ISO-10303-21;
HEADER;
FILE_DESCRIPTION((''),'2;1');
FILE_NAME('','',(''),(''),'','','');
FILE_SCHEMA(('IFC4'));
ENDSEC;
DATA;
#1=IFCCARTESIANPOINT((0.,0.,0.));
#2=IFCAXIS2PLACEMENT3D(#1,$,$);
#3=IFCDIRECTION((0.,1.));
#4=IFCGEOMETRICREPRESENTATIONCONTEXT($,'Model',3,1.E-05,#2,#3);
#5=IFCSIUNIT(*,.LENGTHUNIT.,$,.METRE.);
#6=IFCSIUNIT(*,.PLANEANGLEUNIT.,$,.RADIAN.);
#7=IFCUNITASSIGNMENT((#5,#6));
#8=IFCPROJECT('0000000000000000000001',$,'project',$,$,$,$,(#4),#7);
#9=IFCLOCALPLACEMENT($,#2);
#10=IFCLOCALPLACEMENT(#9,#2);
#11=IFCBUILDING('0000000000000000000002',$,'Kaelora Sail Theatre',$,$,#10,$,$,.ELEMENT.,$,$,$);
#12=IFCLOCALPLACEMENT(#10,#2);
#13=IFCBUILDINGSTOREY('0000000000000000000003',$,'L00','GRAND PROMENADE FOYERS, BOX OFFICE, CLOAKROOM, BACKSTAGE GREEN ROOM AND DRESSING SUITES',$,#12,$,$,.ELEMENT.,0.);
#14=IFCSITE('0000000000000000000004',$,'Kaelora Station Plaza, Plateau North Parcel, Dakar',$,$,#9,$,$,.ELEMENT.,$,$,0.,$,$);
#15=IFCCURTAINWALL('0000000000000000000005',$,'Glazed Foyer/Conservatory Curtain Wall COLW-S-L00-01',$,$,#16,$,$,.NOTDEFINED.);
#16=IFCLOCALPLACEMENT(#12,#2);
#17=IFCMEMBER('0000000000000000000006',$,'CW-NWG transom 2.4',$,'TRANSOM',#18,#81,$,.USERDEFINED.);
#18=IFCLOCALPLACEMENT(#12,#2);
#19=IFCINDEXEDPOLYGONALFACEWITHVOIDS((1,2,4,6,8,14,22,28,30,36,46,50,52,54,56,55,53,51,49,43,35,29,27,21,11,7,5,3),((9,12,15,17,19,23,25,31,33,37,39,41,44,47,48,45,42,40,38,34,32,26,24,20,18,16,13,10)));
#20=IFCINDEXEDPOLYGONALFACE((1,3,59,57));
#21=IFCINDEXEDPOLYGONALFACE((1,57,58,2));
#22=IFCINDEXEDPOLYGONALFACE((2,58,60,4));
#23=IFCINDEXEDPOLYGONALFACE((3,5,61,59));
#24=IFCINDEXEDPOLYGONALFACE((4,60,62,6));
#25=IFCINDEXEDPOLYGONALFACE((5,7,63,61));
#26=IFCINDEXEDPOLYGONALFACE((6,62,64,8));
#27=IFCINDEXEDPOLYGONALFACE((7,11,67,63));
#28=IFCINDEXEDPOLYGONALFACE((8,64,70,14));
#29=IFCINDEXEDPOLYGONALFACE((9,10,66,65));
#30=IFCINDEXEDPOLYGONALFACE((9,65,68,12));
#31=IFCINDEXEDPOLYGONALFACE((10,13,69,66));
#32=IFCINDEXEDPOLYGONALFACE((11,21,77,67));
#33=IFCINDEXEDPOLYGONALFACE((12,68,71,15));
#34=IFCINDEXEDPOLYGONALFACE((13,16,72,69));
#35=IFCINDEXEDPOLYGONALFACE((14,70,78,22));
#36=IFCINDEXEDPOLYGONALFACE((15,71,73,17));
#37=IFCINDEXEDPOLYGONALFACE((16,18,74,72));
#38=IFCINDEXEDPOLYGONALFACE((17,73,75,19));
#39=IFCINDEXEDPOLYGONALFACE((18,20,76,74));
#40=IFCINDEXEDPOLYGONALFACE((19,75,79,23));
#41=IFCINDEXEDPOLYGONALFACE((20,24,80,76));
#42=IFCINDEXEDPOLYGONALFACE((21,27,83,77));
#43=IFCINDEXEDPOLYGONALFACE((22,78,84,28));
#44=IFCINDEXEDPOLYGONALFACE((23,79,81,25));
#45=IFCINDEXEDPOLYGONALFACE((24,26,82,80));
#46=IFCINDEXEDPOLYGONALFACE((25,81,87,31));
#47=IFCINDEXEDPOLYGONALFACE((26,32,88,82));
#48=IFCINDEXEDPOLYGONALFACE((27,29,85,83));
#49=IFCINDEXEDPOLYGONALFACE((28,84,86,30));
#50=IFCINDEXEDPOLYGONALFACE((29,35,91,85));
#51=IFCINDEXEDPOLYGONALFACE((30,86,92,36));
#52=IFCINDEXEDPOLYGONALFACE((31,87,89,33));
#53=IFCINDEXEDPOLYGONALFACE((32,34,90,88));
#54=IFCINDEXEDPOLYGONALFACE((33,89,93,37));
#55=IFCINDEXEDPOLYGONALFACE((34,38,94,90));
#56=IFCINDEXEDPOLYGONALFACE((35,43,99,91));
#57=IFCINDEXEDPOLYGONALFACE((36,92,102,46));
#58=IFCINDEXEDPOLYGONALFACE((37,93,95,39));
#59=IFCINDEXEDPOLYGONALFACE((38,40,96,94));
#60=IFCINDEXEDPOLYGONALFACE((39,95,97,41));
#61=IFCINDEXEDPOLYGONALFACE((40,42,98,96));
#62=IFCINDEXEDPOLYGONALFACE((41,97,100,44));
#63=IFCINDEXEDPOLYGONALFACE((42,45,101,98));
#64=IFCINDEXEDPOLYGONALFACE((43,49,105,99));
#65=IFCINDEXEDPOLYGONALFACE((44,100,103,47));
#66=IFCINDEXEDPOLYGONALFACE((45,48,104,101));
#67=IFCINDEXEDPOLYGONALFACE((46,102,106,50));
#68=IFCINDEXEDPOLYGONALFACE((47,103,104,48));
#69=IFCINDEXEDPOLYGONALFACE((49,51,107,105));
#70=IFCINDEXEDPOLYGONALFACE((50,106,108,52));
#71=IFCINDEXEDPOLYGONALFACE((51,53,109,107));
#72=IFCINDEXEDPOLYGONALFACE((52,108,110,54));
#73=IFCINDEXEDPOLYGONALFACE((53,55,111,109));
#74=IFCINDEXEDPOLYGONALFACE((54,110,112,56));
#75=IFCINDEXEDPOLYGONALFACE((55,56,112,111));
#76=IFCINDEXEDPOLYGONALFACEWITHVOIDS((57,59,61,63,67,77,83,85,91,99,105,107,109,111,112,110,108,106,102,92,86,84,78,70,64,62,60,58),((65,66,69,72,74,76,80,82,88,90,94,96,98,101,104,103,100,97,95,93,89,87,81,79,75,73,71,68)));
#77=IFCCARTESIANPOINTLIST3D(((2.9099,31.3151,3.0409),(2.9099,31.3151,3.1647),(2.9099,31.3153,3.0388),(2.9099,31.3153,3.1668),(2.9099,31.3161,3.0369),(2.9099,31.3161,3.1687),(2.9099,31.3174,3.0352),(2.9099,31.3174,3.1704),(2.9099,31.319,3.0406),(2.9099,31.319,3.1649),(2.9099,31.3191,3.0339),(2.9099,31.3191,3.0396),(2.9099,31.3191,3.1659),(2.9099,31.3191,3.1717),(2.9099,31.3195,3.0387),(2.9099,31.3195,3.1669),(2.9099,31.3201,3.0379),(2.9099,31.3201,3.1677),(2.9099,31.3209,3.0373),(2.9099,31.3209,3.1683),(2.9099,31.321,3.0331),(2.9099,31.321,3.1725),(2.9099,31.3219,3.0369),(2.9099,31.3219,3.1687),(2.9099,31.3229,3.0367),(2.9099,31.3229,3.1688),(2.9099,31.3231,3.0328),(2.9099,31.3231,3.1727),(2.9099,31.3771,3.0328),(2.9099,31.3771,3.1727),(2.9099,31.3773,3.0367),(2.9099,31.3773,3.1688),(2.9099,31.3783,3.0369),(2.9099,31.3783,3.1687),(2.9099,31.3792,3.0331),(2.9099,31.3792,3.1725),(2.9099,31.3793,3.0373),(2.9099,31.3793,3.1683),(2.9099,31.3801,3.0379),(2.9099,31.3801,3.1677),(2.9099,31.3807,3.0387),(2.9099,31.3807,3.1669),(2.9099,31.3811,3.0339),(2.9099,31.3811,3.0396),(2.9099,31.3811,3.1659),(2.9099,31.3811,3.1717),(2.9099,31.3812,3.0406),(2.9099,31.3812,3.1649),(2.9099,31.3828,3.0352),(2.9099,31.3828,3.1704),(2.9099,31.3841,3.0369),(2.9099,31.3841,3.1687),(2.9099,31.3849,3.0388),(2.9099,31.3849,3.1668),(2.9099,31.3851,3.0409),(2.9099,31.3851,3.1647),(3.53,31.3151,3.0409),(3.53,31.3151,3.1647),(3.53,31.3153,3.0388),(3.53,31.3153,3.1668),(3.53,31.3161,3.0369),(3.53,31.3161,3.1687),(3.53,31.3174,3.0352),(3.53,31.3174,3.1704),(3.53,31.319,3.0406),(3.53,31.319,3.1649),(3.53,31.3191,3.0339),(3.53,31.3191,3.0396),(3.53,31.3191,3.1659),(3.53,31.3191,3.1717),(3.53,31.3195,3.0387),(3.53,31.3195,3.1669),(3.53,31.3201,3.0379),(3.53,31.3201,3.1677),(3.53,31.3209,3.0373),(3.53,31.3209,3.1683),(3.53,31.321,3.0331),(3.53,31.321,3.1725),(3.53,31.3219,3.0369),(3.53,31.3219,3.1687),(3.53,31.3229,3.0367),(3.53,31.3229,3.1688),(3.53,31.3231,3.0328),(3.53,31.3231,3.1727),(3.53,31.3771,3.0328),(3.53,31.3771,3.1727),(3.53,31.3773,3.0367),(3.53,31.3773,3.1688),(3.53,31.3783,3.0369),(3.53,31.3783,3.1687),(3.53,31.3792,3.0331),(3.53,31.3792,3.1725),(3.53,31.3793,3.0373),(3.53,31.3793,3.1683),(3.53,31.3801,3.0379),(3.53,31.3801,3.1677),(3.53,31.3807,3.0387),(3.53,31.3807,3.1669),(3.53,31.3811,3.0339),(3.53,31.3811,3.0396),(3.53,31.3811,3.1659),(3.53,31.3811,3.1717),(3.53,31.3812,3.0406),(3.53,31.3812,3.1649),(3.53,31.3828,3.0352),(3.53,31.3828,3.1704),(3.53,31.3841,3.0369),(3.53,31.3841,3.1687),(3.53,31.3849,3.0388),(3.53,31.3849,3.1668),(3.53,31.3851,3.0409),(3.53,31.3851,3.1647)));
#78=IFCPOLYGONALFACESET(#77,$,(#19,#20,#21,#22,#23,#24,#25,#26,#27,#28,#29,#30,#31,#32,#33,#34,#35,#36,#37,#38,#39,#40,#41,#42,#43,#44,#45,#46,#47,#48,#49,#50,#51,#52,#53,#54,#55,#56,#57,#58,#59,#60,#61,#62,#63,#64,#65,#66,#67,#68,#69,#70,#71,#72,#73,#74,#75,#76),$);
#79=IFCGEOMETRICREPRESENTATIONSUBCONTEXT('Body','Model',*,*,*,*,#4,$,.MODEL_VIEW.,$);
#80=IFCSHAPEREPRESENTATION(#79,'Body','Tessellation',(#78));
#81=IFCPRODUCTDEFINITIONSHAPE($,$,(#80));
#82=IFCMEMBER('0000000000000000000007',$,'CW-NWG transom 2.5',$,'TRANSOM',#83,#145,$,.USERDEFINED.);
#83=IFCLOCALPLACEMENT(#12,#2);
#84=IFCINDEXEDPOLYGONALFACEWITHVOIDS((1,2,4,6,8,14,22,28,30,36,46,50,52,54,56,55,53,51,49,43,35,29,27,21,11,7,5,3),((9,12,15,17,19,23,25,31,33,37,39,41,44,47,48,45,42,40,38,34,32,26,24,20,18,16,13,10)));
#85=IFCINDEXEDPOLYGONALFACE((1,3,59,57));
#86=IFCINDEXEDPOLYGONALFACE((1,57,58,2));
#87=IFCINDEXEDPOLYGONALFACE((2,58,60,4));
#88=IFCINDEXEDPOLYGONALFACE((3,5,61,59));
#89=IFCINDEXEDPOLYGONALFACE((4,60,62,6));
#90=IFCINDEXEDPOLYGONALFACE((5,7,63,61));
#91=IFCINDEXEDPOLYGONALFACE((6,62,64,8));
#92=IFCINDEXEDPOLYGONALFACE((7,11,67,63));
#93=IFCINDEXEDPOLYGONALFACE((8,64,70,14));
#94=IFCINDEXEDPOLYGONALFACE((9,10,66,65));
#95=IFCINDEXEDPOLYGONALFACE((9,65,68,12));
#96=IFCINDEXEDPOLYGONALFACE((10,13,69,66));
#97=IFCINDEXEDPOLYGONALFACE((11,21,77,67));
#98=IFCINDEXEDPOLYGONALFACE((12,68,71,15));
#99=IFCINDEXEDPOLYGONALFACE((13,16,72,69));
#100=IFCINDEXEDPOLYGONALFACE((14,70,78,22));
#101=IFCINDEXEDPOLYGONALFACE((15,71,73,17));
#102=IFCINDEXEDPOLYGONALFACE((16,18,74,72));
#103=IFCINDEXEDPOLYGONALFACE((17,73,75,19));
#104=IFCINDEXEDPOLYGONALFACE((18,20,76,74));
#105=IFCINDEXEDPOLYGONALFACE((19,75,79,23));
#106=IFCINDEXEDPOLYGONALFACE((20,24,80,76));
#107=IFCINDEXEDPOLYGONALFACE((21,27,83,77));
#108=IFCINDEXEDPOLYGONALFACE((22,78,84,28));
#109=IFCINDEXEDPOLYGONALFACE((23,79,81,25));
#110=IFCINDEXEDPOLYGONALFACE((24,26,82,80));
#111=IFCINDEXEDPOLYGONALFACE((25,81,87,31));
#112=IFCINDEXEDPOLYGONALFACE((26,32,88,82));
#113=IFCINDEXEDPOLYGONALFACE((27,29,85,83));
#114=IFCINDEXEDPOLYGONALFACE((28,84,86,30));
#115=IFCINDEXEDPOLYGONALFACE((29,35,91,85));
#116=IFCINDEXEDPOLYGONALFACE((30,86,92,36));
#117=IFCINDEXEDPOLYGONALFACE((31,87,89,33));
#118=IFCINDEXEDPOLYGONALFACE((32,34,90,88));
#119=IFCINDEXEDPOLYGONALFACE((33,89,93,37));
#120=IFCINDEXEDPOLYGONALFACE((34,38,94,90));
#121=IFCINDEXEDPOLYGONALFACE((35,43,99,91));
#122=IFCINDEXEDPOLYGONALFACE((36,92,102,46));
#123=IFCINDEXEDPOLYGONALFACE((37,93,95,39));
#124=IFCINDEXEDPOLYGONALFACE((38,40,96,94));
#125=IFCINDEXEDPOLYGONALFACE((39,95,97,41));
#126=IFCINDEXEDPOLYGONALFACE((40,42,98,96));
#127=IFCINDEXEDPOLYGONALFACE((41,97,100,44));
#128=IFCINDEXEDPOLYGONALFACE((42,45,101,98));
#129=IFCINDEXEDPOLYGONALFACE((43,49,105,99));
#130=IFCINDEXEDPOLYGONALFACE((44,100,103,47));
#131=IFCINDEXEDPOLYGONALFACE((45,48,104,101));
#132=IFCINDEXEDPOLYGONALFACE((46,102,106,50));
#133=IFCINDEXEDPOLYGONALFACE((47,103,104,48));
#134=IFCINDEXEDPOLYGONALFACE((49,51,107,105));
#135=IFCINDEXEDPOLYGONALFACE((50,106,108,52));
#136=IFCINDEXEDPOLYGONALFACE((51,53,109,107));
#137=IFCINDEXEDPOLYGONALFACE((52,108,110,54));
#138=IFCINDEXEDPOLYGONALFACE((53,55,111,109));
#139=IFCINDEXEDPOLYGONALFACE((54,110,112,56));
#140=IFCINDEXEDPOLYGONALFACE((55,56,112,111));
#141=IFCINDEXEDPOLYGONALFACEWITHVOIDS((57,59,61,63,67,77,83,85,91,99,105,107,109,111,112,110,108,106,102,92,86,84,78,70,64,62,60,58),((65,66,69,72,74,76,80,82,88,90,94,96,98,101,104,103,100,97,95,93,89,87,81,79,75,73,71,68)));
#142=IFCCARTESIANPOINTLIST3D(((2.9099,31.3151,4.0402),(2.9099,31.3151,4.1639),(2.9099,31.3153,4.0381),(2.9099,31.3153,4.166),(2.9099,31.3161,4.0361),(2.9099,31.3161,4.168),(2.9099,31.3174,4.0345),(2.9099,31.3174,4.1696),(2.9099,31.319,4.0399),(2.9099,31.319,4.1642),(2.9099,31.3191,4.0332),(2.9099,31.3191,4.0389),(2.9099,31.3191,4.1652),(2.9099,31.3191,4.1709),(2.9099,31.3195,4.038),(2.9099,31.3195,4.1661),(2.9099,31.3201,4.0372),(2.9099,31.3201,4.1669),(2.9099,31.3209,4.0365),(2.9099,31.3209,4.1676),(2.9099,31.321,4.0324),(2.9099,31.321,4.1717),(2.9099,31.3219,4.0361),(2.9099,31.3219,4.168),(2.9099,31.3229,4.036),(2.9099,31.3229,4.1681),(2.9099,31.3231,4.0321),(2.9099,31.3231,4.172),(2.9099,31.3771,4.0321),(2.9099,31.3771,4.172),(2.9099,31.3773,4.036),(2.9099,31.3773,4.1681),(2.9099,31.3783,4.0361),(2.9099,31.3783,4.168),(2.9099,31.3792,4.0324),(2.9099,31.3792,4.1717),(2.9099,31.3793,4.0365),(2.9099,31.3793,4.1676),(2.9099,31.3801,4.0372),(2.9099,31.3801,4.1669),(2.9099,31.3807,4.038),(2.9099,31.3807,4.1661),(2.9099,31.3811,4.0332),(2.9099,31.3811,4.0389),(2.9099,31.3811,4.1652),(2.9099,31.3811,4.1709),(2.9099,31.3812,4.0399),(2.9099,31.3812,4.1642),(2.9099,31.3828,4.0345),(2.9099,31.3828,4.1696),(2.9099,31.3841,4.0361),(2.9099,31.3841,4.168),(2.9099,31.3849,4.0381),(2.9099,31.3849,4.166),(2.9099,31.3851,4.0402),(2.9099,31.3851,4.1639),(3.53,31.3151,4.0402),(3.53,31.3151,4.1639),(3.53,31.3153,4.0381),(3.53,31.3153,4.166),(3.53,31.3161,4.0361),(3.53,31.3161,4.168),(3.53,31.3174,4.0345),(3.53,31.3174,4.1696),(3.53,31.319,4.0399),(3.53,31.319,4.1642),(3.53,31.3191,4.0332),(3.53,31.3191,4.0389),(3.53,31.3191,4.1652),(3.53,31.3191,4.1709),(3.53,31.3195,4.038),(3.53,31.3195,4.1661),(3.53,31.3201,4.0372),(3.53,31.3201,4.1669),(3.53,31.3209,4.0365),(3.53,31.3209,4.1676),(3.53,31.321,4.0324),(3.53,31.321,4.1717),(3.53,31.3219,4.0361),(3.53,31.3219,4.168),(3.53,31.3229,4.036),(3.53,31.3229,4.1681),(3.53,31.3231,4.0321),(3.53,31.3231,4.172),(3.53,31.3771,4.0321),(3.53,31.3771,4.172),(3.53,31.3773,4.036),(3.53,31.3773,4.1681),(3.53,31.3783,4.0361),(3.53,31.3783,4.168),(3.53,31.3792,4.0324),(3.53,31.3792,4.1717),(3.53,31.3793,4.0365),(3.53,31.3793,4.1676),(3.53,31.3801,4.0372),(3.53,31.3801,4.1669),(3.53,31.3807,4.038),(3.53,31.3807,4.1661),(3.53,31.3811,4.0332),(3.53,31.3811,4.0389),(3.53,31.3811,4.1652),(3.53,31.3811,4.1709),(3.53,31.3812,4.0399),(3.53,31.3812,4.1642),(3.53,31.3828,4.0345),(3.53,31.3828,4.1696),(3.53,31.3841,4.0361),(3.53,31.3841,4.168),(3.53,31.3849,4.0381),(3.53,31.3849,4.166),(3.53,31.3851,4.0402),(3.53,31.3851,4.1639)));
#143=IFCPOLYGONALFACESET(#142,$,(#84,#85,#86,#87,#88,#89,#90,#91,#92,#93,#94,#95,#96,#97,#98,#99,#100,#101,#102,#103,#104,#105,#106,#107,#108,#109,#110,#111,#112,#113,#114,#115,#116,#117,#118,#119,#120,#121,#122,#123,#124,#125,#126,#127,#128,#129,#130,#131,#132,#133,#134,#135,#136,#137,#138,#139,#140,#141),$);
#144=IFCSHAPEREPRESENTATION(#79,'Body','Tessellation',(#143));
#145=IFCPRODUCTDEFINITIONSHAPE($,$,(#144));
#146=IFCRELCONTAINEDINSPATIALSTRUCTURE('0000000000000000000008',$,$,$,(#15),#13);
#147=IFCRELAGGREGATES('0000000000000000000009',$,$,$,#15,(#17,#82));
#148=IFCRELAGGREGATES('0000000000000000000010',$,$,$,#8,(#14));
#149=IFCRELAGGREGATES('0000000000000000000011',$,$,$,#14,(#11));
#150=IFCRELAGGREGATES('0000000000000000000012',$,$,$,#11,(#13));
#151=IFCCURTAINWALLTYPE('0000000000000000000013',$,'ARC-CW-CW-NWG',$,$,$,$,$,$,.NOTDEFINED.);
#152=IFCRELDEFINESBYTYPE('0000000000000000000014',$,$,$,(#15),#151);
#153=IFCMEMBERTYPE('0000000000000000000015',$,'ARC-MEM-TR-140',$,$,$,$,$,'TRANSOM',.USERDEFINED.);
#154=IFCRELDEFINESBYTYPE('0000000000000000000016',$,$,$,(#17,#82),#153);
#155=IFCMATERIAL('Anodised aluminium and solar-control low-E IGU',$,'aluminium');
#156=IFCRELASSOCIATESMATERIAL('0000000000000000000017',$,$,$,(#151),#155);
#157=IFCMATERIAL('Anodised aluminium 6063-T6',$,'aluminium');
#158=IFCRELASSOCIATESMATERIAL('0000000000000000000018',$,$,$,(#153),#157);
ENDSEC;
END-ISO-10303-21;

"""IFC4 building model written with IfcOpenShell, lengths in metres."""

from ifc_helpers import new_model, si_unit, direction, frame, origin, origin_2d, place, context, subcontext, project, spatial, hollow_rectangle, extrude, material, material_profile, profile_set, type_object, element, aggregate, save


model = new_model("IFC4")

# Units and contexts
model_context = context("Model", 3, precision=1e-05, world=origin(), true_north=direction((0.0, 1.0)))
body_context = subcontext(model_context, "Body", "Model", "MODEL_VIEW")
ifc_project = project(units=[si_unit("LENGTHUNIT", "METRE"), si_unit("PLANEANGLEUNIT", "RADIAN")], contexts=[model_context])

# Site, building, storey
site_placement = place(None, origin())
site = spatial("IfcSite", under=ifc_project, at=site_placement, Name="Kaelora Station Plaza, Plateau North Parcel, Dakar", CompositionType="ELEMENT", RefElevation=0.0)
building_placement = place(site_placement, origin())
building = spatial("IfcBuilding", under=site, at=building_placement, Name="Kaelora Sail Theatre", CompositionType="ELEMENT")
storey_placement = place(building_placement, origin())
storey = spatial("IfcBuildingStorey", under=building, at=storey_placement, Name="L00", Description="GRAND PROMENADE FOYERS, BOX OFFICE, CLOAKROOM, BACKSTAGE GREEN ROOM AND DRESSING SUITES", CompositionType="ELEMENT", Elevation=0.0)

# Curtain wall, members
ifc_material_1 = material(Name="Anodised aluminium and solar-control low-E IGU", Category="aluminium")
curtain_wall_type = type_object("IfcCurtainWallType", Name="ARC-CW-CW-NWG", PredefinedType="NOTDEFINED", material=ifc_material_1)
curtain_wall_placement = place(storey_placement, origin())
curtain_wall = element("IfcCurtainWall", 1, at=curtain_wall_placement, inside=storey, type_object=curtain_wall_type, Name="Glazed Foyer/Conservatory Curtain Wall COLW-S-L00-01", PredefinedType="NOTDEFINED")
ifc_material_2 = material(Name="Anodised aluminium 6063-T6", Category="aluminium")
ifc_material_profile = material_profile(ifc_material_2, hollow_rectangle(XDim=0.0701, YDim=0.1399, WallThickness=0.0039, InnerFilletRadius=0.0039, OuterFilletRadius=0.0081, at=origin_2d()), Name="ALU-TRAN 70x140x4")
ifc_profile_set = profile_set([ifc_material_profile], Name="Anodised aluminium 6063-T6")
member_type = type_object("IfcMemberType", Name="ARC-MEM-TR-140", ElementType="TRANSOM", PredefinedType="USERDEFINED", material=ifc_profile_set)
member_1_placement = place(storey_placement, frame((2.9099, 31.3501, 3.1028), z_axis=(1.0, 0.0, 0.0), x_axis=(0.0, 1.0, 0.0)))
member_1 = element("IfcMember", 2, at=member_1_placement, type_object=member_type, Name="CW-NWG transom 2.4", ObjectType="TRANSOM", PredefinedType="USERDEFINED", context=body_context, shape_type="SweptSolid", body=[
    extrude(hollow_rectangle(XDim=0.0701, YDim=0.1399, WallThickness=0.0039, InnerFilletRadius=0.0039, OuterFilletRadius=0.0081, at=origin_2d()), origin(), (0.0, 0.0, 1.0), 0.6201),
])
member_2_placement = place(storey_placement, frame((2.9099, 31.3501, 4.1021), z_axis=(1.0, 0.0, 0.0), x_axis=(0.0, 1.0, 0.0)))
member_2 = element("IfcMember", 3, at=member_2_placement, type_object=member_type, Name="CW-NWG transom 2.5", ObjectType="TRANSOM", PredefinedType="USERDEFINED", context=body_context, shape_type="SweptSolid", body=[
    extrude(hollow_rectangle(XDim=0.0701, YDim=0.1399, WallThickness=0.0039, InnerFilletRadius=0.0039, OuterFilletRadius=0.0081, at=origin_2d()), origin(), (0.0, 0.0, 1.0), 0.6201),
])
aggregate(curtain_wall, [member_1, member_2])

save(model, "model.ifc")
